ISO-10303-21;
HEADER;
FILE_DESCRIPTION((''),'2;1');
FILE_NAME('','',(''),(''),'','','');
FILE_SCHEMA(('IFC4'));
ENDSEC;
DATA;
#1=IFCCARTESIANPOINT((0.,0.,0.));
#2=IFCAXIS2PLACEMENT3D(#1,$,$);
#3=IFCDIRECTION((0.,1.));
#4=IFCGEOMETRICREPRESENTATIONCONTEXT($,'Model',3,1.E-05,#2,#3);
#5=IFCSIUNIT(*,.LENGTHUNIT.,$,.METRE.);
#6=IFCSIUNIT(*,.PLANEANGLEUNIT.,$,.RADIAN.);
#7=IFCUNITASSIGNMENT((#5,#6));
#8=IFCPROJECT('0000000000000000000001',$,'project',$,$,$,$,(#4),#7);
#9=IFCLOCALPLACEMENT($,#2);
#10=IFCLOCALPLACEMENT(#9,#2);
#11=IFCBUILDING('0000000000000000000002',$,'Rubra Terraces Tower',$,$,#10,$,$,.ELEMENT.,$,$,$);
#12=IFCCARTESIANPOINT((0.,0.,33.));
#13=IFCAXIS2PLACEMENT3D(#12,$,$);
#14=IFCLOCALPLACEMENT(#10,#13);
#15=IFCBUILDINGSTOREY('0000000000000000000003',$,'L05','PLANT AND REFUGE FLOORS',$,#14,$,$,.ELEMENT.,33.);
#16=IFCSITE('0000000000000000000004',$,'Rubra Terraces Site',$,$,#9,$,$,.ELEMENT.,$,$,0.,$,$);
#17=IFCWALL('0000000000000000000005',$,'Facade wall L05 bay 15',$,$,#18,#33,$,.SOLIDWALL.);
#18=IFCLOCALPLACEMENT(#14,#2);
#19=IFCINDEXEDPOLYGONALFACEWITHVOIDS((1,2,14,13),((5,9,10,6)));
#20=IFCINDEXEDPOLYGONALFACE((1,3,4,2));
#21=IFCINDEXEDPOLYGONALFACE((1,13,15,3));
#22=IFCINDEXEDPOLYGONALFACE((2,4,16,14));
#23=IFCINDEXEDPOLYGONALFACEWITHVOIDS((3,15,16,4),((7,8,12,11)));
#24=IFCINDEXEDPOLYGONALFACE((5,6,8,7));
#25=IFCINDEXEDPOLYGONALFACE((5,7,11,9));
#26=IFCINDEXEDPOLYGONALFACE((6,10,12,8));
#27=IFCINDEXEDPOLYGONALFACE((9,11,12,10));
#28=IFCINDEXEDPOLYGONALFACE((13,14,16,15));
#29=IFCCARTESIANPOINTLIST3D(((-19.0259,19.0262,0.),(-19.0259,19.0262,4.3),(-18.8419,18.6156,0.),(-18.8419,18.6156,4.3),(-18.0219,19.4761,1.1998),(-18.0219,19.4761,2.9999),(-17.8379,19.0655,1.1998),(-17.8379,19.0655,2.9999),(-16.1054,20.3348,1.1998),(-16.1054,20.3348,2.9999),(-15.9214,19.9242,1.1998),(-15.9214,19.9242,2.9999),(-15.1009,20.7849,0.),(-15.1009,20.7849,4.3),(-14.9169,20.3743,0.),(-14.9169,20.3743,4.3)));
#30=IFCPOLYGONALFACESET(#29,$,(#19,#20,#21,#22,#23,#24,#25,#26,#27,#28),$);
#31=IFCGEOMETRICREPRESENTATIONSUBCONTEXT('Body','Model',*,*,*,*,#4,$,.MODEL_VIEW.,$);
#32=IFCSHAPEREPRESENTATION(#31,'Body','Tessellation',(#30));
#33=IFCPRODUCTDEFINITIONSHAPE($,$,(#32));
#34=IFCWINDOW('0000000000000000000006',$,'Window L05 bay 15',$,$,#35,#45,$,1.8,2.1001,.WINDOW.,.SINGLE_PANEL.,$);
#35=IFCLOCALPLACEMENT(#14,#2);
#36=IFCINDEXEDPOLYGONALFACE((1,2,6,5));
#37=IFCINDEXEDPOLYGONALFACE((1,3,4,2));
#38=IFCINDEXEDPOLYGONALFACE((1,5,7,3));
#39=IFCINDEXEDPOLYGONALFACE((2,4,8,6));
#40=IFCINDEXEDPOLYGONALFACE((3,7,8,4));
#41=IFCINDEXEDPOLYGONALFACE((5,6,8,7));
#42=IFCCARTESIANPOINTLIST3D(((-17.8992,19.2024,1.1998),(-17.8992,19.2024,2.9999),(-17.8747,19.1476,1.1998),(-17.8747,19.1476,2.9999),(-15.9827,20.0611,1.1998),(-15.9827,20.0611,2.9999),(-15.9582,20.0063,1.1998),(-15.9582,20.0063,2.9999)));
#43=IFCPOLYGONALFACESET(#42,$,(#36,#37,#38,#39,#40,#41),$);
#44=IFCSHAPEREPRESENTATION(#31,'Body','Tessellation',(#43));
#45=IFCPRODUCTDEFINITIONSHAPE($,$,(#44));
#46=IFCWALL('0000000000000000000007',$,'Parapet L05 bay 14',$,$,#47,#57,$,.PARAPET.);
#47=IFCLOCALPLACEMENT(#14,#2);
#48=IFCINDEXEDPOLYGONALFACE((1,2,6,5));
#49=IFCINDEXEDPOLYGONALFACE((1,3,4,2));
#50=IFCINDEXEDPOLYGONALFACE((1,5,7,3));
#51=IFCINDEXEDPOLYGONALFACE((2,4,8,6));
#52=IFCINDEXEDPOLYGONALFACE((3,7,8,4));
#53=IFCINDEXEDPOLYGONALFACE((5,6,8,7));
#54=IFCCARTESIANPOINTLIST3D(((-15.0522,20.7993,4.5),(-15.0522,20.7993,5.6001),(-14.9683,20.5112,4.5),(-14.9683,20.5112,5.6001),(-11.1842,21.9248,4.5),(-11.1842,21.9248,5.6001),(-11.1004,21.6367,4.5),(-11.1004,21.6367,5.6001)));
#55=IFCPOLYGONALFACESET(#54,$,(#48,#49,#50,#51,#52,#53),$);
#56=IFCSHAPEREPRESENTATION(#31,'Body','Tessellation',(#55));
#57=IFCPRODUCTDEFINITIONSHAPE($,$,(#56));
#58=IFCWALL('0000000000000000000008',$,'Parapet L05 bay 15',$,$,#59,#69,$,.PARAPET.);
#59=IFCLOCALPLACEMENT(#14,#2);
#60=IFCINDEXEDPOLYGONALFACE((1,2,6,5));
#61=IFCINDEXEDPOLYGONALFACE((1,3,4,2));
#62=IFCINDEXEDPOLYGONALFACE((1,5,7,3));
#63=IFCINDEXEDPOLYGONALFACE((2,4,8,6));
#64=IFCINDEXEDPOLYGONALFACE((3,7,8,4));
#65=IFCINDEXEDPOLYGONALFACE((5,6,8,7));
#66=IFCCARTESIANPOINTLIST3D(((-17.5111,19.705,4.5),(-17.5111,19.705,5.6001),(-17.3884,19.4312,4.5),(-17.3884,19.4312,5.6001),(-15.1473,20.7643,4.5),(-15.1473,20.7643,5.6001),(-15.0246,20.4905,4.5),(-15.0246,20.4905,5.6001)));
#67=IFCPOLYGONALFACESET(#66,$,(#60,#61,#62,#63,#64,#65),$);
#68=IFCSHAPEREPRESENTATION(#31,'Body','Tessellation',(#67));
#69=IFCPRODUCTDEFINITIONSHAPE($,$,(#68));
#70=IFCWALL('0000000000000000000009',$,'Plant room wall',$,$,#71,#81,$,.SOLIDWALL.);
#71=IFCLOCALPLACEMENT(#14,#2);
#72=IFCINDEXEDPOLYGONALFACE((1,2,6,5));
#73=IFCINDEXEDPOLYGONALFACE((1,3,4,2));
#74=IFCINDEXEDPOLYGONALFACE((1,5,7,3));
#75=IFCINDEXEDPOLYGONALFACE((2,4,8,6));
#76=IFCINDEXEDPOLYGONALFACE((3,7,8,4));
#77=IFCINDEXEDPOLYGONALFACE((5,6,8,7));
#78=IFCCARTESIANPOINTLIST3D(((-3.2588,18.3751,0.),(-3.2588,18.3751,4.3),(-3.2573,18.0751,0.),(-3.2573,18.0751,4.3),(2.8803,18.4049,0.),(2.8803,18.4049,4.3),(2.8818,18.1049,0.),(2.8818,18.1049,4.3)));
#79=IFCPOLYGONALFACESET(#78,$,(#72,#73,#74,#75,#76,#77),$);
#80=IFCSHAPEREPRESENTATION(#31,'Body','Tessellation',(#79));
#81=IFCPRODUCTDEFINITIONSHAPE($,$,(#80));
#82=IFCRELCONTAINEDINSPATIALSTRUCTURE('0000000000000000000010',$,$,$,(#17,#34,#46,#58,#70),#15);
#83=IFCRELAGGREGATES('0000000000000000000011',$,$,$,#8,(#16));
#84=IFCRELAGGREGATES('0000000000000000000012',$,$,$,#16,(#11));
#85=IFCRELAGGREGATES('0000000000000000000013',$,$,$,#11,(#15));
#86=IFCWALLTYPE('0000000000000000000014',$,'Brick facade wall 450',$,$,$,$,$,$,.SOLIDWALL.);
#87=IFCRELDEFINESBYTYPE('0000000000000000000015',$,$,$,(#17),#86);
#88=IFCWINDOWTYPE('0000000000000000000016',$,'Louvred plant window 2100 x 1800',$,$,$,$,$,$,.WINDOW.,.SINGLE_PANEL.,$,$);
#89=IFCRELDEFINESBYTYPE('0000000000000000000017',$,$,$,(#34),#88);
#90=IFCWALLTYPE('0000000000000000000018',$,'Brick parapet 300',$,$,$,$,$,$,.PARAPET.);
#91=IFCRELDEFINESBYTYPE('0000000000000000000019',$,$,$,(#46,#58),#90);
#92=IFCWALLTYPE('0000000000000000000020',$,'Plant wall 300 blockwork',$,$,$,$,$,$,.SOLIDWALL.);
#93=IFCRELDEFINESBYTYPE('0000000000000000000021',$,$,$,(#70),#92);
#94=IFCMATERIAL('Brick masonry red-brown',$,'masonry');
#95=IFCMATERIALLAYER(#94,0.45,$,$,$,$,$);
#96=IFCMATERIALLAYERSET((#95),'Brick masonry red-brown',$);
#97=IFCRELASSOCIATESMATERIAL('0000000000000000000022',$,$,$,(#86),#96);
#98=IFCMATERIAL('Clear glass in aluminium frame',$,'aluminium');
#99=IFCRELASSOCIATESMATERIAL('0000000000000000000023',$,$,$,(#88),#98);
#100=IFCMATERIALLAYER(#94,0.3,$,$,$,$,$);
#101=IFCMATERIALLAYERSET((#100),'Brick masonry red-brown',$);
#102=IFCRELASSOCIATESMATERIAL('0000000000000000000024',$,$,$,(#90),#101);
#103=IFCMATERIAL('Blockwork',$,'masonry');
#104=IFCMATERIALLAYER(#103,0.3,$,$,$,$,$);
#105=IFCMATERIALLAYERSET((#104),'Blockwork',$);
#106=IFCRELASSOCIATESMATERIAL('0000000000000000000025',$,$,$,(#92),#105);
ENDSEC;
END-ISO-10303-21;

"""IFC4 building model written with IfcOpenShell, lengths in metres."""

from ifc_helpers import new_model, si_unit, direction, frame, frame_2d, origin, place, context, subcontext, project, spatial, rectangle, extrude, material, layer, layer_set, type_object, element, fill, save


model = new_model("IFC4")

# Units and contexts
model_context = context("Model", 3, precision=1e-05, world=origin(), true_north=direction((0.0, 1.0)))
body_context = subcontext(model_context, "Body", "Model", "MODEL_VIEW")
ifc_project = project(units=[si_unit("LENGTHUNIT", "METRE"), si_unit("PLANEANGLEUNIT", "RADIAN")], contexts=[model_context])

# Site, building, storey
site_placement = place(None, origin())
site = spatial("IfcSite", under=ifc_project, at=site_placement, Name="Rubra Terraces Site", CompositionType="ELEMENT", RefElevation=0.0)
building_placement = place(site_placement, origin())
building = spatial("IfcBuilding", under=site, at=building_placement, Name="Rubra Terraces Tower", CompositionType="ELEMENT")
storey_placement = place(building_placement, frame((0.0, 0.0, 33.0)))
storey = spatial("IfcBuildingStorey", under=building, at=storey_placement, Name="L05", Description="PLANT AND REFUGE FLOORS", CompositionType="ELEMENT", Elevation=33.0)

# Wall, opening, window
ifc_material_1 = material(Name="Brick masonry red-brown", Category="masonry")
ifc_layer_1 = layer(ifc_material_1, 0.45)
ifc_layer_set_1 = layer_set([ifc_layer_1], Name="Brick masonry red-brown")
wall_type_1 = type_object("IfcWallType", Name="Brick facade wall 450", PredefinedType="SOLIDWALL", material=ifc_layer_set_1)
ifc_material_2 = material(Name="Clear glass in aluminium frame", Category="aluminium")
window_type = type_object("IfcWindowType", Name="Louvred plant window 2100 x 1800", PartitioningType="SINGLE_PANEL", PredefinedType="WINDOW", material=ifc_material_2)
wall_1_placement = place(storey_placement, frame((-15.009, 20.5796, 0.0), z_axis=(0.0, 0.0, 1.0), x_axis=(-0.912571, -0.408917, 0.0)))
wall_1 = element("IfcWall", 1, at=wall_1_placement, inside=storey, type_object=wall_type_1, Name="Facade wall L05 bay 15", PredefinedType="SOLIDWALL", context=body_context, shape_type="SweptSolid", body=[
    extrude(rectangle(XDim=4.301, YDim=0.45, at=frame_2d((2.1504, 0.0))), origin(), (0.0, 0.0, 1.0), 4.3),
])
opening_1_placement = place(wall_1_placement, frame((1.1006, 0.0, 1.2)))
opening_1 = element("IfcOpeningElement", 2, at=opening_1_placement, cuts=wall_1, PredefinedType="OPENING", context=body_context, shape_type="SweptSolid", body=[
    extrude(rectangle(XDim=2.1001, YDim=1.8, at=frame_2d((1.05, 0.8999))), frame((0.0, 0.2349, 0.0), z_axis=(0.0, -1.0, 0.0), x_axis=(1.0, 0.0, 0.0)), (0.0, 0.0, 1.0), 0.47),
])
window_1_placement = place(opening_1_placement, origin())
window_1 = element("IfcWindow", 3, at=window_1_placement, inside=storey, type_object=window_type, Name="Window L05 bay 15", OverallHeight=1.8, OverallWidth=2.1001, PartitioningType="SINGLE_PANEL", PredefinedType="WINDOW", context=body_context, shape_type="SweptSolid", body=[
    extrude(rectangle(XDim=2.1001, YDim=1.8, at=frame_2d((1.05, 0.8999))), frame((0.0, 0.135, 0.0), z_axis=(0.0, -1.0, 0.0), x_axis=(1.0, 0.0, 0.0)), (0.0, 0.0, 1.0), 0.0601),
])
fill(opening_1, window_1)

# Walls
ifc_layer_2 = layer(ifc_material_1, 0.3)
ifc_layer_set_2 = layer_set([ifc_layer_2], Name="Brick masonry red-brown")
wall_type_2 = type_object("IfcWallType", Name="Brick parapet 300", PredefinedType="PARAPET", material=ifc_layer_set_2)
wall_2_placement = place(storey_placement, frame((-11.1423, 21.7808, 4.5), z_axis=(0.0, 0.0, 1.0), x_axis=(-0.960177, -0.279393, 0.0)))
element("IfcWall", 4, at=wall_2_placement, inside=storey, type_object=wall_type_2, Name="Parapet L05 bay 14", PredefinedType="PARAPET", context=body_context, shape_type="SweptSolid", body=[
    extrude(rectangle(XDim=4.0283, YDim=0.3, at=frame_2d((2.0142, 0.0))), origin(), (0.0, 0.0, 1.0), 1.1001),
])
wall_3_placement = place(storey_placement, frame((-15.0859, 20.6274, 4.5), z_axis=(0.0, 0.0, 1.0), x_axis=(-0.912552, -0.408961, 0.0)))
element("IfcWall", 5, at=wall_3_placement, inside=storey, type_object=wall_type_2, Name="Parapet L05 bay 15", PredefinedType="PARAPET", context=body_context, shape_type="SweptSolid", body=[
    extrude(rectangle(XDim=2.5903, YDim=0.3, at=frame_2d((1.2952, 0.0))), origin(), (0.0, 0.0, 1.0), 1.1001),
])
ifc_material_3 = material(Name="Blockwork", Category="masonry")
ifc_layer_3 = layer(ifc_material_3, 0.3)
ifc_layer_set_3 = layer_set([ifc_layer_3], Name="Blockwork")
wall_type_3 = type_object("IfcWallType", Name="Plant wall 300 blockwork", PredefinedType="SOLIDWALL", material=ifc_layer_set_3)
wall_4_placement = place(storey_placement, frame((-3.2581, 18.2251, 0.0), z_axis=(0.0, 0.0, 1.0), x_axis=(0.999988, 0.004852, 0.0)))
element("IfcWall", 6, at=wall_4_placement, inside=storey, type_object=wall_type_3, Name="Plant room wall", PredefinedType="SOLIDWALL", context=body_context, shape_type="SweptSolid", body=[
    extrude(rectangle(XDim=6.1392, YDim=0.3, at=frame_2d((3.0696, 0.0))), origin(), (0.0, 0.0, 1.0), 4.3),
])

save(model, "model.ifc")
